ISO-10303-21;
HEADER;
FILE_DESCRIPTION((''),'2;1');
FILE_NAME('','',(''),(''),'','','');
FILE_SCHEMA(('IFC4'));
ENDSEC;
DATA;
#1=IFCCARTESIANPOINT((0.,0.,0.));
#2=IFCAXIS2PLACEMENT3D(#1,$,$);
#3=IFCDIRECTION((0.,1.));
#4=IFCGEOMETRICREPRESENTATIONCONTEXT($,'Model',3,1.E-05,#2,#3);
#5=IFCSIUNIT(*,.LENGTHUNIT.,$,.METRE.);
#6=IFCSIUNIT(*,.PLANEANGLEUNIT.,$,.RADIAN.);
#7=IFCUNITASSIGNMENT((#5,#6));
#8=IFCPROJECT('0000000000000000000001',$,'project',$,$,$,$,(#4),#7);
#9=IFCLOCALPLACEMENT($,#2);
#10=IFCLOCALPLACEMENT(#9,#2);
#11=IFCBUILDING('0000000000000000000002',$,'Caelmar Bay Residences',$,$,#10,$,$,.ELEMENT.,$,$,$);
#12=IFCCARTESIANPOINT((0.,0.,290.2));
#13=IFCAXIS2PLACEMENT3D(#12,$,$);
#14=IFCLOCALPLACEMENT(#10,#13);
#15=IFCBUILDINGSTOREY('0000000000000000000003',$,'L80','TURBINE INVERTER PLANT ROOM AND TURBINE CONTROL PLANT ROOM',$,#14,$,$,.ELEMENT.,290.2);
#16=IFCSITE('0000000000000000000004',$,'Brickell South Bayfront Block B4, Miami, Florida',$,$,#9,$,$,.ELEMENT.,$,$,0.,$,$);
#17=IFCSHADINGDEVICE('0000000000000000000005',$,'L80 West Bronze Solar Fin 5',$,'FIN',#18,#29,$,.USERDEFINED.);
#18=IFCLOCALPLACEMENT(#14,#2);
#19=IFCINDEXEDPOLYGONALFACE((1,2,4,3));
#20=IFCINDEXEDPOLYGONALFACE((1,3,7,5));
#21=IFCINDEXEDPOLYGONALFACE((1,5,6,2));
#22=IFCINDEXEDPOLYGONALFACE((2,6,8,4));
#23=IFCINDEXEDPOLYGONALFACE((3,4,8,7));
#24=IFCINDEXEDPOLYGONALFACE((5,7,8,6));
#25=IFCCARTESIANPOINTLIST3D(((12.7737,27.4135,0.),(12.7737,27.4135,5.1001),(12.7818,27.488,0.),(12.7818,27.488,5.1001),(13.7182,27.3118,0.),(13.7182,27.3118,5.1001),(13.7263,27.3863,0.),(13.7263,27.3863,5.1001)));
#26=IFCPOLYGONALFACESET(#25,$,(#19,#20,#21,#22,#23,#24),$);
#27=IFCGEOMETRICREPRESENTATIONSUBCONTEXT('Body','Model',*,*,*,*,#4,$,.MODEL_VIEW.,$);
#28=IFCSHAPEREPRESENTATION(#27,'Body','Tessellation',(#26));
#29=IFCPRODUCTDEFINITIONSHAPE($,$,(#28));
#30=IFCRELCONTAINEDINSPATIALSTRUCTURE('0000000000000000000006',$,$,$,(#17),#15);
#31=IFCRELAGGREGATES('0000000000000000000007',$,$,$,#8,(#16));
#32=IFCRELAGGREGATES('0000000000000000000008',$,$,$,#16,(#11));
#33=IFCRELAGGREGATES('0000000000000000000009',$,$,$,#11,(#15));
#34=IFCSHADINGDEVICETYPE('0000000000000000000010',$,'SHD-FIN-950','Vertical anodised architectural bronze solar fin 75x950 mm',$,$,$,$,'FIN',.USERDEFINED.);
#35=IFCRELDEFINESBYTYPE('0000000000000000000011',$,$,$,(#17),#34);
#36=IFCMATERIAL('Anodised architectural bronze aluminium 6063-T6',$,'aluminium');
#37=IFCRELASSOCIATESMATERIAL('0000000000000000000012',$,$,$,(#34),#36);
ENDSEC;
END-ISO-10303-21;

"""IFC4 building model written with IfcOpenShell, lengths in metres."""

from ifc_helpers import new_model, si_unit, direction, frame, origin, origin_2d, place, context, subcontext, project, spatial, rectangle, extrude, material, material_profile, profile_set, type_object, element, save


model = new_model("IFC4")

# Units and contexts
model_context = context("Model", 3, precision=1e-05, world=origin(), true_north=direction((0.0, 1.0)))
body_context = subcontext(model_context, "Body", "Model", "MODEL_VIEW")
ifc_project = project(units=[si_unit("LENGTHUNIT", "METRE"), si_unit("PLANEANGLEUNIT", "RADIAN")], contexts=[model_context])

# Site, building, storey
site_placement = place(None, origin())
site = spatial("IfcSite", under=ifc_project, at=site_placement, Name="Brickell South Bayfront Block B4, Miami, Florida", CompositionType="ELEMENT", RefElevation=0.0)
building_placement = place(site_placement, origin())
building = spatial("IfcBuilding", under=site, at=building_placement, Name="Caelmar Bay Residences", CompositionType="ELEMENT")
storey_placement = place(building_placement, frame((0.0, 0.0, 290.2)))
storey = spatial("IfcBuildingStorey", under=building, at=storey_placement, Name="L80", Description="TURBINE INVERTER PLANT ROOM AND TURBINE CONTROL PLANT ROOM", CompositionType="ELEMENT", Elevation=290.2)

# Shading device
ifc_material_1 = material(Name="Anodised architectural bronze aluminium 6063-T6", Category="aluminium")
ifc_material_profile_1 = material_profile(ifc_material_1, rectangle(XDim=0.075, YDim=0.95, at=origin_2d()), Name="BRONZE-FIN-75X950")
ifc_profile_set_1 = profile_set([ifc_material_profile_1], Name="Anodised architectural bronze aluminium 6063-T6")
shading_device_type = type_object("IfcShadingDeviceType", Name="SHD-FIN-950", Description="Vertical anodised architectural bronze solar fin 75x950 mm", ElementType="FIN", PredefinedType="USERDEFINED", material=ifc_profile_set_1)
for number, where, z_axis, x_axis, name in (
    (1, (13.25, 27.3999, 0.0), (0.0, 0.0, 1.0), (0.107132, 0.994245, 0.0), "L80 West Bronze Solar Fin 5"),
):
    element("IfcShadingDevice", number, at=place(storey_placement, frame(where, z_axis=z_axis, x_axis=x_axis)), inside=storey, type_object=shading_device_type, Name=name, ObjectType="FIN", PredefinedType="USERDEFINED", context=body_context, shape_type="SweptSolid", body=[
        extrude(rectangle(XDim=0.075, YDim=0.95, at=origin_2d()), origin(), (0.0, 0.0, 1.0), 5.1001),
    ])

save(model, "model.ifc")
